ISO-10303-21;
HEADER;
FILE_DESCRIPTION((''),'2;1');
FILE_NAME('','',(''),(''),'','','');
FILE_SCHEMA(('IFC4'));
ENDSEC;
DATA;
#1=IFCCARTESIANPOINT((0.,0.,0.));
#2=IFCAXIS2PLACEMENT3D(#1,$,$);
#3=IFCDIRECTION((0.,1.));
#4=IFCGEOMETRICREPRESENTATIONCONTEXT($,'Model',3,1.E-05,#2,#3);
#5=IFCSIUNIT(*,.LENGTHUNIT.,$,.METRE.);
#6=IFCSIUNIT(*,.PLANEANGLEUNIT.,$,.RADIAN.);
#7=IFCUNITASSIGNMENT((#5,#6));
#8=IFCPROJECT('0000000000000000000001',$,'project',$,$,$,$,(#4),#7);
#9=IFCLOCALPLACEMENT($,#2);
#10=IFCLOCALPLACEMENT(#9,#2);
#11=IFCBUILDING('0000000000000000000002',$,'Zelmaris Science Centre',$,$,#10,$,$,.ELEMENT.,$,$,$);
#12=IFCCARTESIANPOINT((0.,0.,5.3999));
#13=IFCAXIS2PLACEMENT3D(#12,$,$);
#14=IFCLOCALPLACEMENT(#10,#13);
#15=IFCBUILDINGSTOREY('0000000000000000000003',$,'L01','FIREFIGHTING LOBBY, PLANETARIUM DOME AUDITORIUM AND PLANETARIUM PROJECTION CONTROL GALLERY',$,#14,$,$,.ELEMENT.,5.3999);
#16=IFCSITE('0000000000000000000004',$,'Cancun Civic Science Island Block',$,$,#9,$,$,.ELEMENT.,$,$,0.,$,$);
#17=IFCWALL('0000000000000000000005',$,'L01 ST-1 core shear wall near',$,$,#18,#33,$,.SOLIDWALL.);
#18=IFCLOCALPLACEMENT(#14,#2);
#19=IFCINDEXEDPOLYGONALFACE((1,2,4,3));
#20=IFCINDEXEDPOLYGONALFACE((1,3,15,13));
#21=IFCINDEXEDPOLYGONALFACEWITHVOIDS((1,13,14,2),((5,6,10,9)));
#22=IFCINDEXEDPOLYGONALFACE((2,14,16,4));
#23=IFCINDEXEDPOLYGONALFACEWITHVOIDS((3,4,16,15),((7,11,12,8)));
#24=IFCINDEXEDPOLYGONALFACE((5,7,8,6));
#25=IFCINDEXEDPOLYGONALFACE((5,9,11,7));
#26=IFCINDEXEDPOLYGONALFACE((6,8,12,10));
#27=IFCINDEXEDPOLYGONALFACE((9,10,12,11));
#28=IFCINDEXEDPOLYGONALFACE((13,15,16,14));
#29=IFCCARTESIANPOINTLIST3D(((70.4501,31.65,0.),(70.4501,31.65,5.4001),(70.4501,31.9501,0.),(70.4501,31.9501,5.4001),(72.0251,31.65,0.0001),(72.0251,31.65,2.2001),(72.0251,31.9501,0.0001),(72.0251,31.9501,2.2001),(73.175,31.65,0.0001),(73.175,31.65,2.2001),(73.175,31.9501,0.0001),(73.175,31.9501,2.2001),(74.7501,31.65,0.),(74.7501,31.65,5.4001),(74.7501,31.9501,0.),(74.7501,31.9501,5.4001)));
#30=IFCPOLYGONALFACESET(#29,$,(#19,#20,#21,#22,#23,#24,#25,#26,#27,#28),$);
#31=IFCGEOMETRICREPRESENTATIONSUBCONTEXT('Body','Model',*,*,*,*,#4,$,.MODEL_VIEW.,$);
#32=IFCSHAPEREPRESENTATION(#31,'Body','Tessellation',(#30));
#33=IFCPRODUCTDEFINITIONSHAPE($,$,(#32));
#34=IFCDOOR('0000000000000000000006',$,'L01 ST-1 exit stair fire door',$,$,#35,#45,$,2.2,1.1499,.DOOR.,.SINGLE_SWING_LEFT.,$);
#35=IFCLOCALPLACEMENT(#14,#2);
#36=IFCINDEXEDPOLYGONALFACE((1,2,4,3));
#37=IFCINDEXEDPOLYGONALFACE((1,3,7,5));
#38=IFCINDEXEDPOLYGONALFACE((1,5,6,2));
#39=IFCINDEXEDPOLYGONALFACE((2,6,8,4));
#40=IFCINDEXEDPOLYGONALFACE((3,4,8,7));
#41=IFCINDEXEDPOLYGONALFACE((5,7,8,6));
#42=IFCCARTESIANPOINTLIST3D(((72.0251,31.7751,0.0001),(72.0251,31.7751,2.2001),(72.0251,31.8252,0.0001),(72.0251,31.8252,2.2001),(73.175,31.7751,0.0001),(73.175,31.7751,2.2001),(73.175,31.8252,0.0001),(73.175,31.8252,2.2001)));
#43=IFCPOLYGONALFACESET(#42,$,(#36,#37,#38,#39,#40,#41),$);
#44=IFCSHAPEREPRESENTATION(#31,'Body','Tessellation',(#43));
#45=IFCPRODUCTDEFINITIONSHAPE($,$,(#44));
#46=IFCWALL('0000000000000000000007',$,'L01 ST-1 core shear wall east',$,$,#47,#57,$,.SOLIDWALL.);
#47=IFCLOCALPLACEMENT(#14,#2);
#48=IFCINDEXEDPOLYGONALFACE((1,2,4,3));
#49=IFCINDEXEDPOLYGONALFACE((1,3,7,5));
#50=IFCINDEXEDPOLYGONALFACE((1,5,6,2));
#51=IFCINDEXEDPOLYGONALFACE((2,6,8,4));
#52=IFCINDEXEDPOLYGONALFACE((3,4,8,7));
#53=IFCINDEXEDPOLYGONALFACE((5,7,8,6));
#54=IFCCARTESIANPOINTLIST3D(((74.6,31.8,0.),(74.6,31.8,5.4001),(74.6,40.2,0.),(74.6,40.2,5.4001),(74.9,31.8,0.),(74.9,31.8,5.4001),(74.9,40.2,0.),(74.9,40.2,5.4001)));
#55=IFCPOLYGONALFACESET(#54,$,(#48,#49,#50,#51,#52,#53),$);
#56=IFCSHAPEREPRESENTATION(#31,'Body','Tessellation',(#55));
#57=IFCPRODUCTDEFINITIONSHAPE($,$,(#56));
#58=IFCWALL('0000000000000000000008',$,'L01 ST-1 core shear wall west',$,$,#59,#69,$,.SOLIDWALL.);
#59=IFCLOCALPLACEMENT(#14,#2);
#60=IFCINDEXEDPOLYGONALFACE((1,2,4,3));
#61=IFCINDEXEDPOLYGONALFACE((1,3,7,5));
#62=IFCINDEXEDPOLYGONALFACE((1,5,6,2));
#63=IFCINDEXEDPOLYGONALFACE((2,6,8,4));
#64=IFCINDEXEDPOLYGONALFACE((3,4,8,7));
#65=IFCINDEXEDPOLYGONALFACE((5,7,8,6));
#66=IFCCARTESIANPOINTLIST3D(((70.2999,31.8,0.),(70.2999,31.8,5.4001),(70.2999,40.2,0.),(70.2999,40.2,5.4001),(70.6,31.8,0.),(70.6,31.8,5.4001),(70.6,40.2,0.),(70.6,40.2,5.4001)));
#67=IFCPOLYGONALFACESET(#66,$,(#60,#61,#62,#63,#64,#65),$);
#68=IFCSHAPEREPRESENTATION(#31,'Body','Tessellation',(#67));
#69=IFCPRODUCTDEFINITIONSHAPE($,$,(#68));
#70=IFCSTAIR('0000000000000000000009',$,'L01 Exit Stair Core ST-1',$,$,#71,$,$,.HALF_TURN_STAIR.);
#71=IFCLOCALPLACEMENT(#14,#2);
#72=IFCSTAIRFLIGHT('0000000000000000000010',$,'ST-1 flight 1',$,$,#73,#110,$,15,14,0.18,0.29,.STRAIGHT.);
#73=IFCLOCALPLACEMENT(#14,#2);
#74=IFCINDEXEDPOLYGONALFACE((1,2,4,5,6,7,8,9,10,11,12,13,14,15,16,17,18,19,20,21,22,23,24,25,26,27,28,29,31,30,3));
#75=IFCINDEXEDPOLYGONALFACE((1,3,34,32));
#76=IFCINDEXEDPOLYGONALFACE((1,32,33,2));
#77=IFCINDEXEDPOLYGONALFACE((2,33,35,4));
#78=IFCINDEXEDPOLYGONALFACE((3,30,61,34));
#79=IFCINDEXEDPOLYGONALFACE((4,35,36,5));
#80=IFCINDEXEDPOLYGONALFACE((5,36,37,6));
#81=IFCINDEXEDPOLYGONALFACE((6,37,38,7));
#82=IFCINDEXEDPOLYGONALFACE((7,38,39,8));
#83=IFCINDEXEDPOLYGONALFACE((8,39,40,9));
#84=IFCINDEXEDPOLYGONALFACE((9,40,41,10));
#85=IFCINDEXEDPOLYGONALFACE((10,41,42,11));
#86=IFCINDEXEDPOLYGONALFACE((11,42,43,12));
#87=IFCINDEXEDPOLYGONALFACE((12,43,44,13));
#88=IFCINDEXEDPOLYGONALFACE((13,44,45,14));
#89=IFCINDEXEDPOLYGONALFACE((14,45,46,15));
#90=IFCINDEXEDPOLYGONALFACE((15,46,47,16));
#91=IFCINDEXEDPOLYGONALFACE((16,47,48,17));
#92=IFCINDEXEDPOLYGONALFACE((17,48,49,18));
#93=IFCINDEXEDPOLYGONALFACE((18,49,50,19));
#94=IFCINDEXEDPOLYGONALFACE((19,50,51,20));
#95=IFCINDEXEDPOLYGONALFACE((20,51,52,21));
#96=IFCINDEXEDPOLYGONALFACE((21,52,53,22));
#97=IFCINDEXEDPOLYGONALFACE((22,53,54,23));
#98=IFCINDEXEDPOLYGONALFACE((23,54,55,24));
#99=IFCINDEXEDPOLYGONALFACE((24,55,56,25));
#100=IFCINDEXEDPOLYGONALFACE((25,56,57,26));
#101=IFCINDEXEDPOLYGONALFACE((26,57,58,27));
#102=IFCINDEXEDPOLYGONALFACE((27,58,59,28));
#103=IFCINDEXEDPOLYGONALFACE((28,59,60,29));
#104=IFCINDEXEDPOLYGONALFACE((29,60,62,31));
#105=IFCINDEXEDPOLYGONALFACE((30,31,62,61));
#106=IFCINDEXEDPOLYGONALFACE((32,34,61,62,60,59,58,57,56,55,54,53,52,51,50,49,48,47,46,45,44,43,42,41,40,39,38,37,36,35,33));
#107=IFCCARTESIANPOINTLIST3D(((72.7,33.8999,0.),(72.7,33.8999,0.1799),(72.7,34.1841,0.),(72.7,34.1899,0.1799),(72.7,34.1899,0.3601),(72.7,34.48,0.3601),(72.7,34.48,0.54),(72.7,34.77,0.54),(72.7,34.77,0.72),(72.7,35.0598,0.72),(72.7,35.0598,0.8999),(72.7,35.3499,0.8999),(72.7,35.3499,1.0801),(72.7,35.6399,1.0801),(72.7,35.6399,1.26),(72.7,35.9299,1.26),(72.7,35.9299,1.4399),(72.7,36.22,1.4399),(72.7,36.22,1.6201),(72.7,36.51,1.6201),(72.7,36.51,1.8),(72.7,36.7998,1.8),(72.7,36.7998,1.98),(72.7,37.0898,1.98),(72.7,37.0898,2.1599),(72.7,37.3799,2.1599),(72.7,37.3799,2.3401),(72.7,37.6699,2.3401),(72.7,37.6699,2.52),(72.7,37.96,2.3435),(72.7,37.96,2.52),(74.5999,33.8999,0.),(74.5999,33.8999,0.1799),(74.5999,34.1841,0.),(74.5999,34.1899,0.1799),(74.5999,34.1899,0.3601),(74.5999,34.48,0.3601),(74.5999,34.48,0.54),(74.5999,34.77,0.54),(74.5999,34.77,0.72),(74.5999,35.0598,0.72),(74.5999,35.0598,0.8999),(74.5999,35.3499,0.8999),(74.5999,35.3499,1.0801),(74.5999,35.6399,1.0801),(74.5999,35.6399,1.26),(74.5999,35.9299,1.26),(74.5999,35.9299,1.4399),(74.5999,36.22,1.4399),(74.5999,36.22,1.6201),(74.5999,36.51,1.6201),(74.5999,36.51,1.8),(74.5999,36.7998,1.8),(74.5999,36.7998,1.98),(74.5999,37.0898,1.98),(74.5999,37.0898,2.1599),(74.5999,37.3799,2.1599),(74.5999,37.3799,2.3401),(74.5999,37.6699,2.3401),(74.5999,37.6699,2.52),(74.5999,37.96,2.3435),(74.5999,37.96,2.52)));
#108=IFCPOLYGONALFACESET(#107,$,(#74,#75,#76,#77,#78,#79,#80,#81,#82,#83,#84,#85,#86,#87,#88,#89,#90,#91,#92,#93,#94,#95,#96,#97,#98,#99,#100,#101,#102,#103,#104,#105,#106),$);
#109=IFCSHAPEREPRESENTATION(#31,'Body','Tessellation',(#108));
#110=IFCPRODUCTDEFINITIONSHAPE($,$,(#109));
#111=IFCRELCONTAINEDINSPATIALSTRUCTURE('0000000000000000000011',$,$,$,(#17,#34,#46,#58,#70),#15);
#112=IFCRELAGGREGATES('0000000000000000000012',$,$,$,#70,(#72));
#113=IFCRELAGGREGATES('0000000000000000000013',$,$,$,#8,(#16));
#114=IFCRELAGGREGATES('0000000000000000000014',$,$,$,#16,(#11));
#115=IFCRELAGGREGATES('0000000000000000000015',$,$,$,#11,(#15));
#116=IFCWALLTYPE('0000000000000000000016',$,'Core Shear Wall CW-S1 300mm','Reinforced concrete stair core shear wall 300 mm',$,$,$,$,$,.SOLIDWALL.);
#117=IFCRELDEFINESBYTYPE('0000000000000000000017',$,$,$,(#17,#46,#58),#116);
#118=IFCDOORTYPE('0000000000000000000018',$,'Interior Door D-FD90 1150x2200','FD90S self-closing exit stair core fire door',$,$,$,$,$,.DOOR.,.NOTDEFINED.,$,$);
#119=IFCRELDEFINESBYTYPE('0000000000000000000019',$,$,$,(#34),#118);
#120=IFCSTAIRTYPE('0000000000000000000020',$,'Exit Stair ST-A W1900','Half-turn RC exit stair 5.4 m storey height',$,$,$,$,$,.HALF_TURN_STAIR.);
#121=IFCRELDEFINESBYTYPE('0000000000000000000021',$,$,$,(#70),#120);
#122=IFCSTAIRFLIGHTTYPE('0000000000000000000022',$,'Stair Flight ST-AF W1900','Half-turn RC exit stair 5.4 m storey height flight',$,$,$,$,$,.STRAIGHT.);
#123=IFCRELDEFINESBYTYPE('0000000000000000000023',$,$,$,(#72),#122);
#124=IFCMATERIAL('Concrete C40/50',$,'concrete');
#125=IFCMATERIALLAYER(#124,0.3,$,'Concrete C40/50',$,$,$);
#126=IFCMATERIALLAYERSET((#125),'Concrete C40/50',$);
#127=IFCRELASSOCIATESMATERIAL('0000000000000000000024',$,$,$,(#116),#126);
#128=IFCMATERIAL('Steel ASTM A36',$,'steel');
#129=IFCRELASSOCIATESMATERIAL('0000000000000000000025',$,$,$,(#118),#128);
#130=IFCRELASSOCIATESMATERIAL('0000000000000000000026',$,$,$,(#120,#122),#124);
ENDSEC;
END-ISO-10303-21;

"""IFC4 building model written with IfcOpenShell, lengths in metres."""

from ifc_helpers import new_model, si_unit, direction, frame, frame_2d, origin, place, context, subcontext, project, spatial, polyline, rectangle, outline, extrude, material, layer, layer_set, type_object, element, fill, aggregate, save


model = new_model("IFC4")

# Units and contexts
model_context = context("Model", 3, precision=1e-05, world=origin(), true_north=direction((0.0, 1.0)))
body_context = subcontext(model_context, "Body", "Model", "MODEL_VIEW")
ifc_project = project(units=[si_unit("LENGTHUNIT", "METRE"), si_unit("PLANEANGLEUNIT", "RADIAN")], contexts=[model_context])

# Site, building, storey
site_placement = place(None, origin())
site = spatial("IfcSite", under=ifc_project, at=site_placement, Name="Cancun Civic Science Island Block", CompositionType="ELEMENT", RefElevation=0.0)
building_placement = place(site_placement, origin())
building = spatial("IfcBuilding", under=site, at=building_placement, Name="Zelmaris Science Centre", CompositionType="ELEMENT")
storey_placement = place(building_placement, frame((0.0, 0.0, 5.3999)))
storey = spatial("IfcBuildingStorey", under=building, at=storey_placement, Name="L01", Description="FIREFIGHTING LOBBY, PLANETARIUM DOME AUDITORIUM AND PLANETARIUM PROJECTION CONTROL GALLERY", CompositionType="ELEMENT", Elevation=5.3999)

# Wall, opening, door
ifc_material_1 = material(Name="Concrete C40/50", Category="concrete")
ifc_layer_1 = layer(ifc_material_1, 0.3, Name="Concrete C40/50")
ifc_layer_set_1 = layer_set([ifc_layer_1], Name="Concrete C40/50")
wall_type = type_object("IfcWallType", Name="Core Shear Wall CW-S1 300mm", Description="Reinforced concrete stair core shear wall 300 mm", PredefinedType="SOLIDWALL", material=ifc_layer_set_1)
wall_placement = place(storey_placement, frame((74.75, 31.8, 0.0), z_axis=(0.0, 0.0, 1.0), x_axis=(-1.0, 0.0, 0.0)))
wall = element("IfcWall", 1, at=wall_placement, inside=storey, type_object=wall_type, Name="L01 ST-1 core shear wall near", PredefinedType="SOLIDWALL", context=body_context, shape_type="SweptSolid", body=[
    extrude(rectangle(XDim=4.3, YDim=0.3, at=frame_2d((2.1499, 0.0))), origin(), (0.0, 0.0, 1.0), 5.4001),
])
opening_placement = place(wall_placement, frame((1.575, 0.0, 0.0)))
opening = element("IfcOpeningElement", 2, at=opening_placement, cuts=wall, PredefinedType="OPENING", context=body_context, shape_type="SweptSolid", body=[
    extrude(rectangle(XDim=1.1499, YDim=2.2, at=frame_2d((0.575, 1.1001))), frame((0.0, 0.1599, 0.0), z_axis=(0.0, -1.0, 0.0), x_axis=(1.0, 0.0, 0.0)), (0.0, 0.0, 1.0), 0.3201),
])
ifc_material_2 = material(Name="Steel ASTM A36", Category="steel")
door_type = type_object("IfcDoorType", Name="Interior Door D-FD90 1150x2200", Description="FD90S self-closing exit stair core fire door", OperationType="NOTDEFINED", PredefinedType="DOOR", material=ifc_material_2)
door_placement = place(opening_placement, origin())
door = element("IfcDoor", 3, at=door_placement, inside=storey, type_object=door_type, Name="L01 ST-1 exit stair fire door", OperationType="SINGLE_SWING_LEFT", OverallHeight=2.2, OverallWidth=1.1499, PredefinedType="DOOR", context=body_context, shape_type="SweptSolid", body=[
    extrude(rectangle(XDim=1.1499, YDim=2.2, at=frame_2d((0.575, 1.1001))), frame((0.0, 0.0249, 0.0), z_axis=(0.0, -1.0, 0.0), x_axis=(1.0, 0.0, 0.0)), (0.0, 0.0, 1.0), 0.05),
])
fill(opening, door)

# Walls
for number, where, z_axis, x_axis, name in (
    (4, (74.75, 31.8, 0.0), (0.0, 0.0, 1.0), (0.0, 1.0, 0.0), "L01 ST-1 core shear wall east"),
    (5, (70.45, 31.8, 0.0), (0.0, 0.0, 1.0), (0.0, 1.0, 0.0), "L01 ST-1 core shear wall west"),
):
    element("IfcWall", number, at=place(storey_placement, frame(where, z_axis=z_axis, x_axis=x_axis)), inside=storey, type_object=wall_type, Name=name, PredefinedType="SOLIDWALL", context=body_context, shape_type="SweptSolid", body=[
        extrude(rectangle(XDim=8.3999, YDim=0.3, at=frame_2d((4.2, 0.0))), origin(), (0.0, 0.0, 1.0), 5.4001),
    ])

# Stair, stair flight
stair_type = type_object("IfcStairType", Name="Exit Stair ST-A W1900", Description="Half-turn RC exit stair 5.4 m storey height", PredefinedType="HALF_TURN_STAIR", material=ifc_material_1)
stair_placement = place(storey_placement, origin())
stair = element("IfcStair", 6, at=stair_placement, inside=storey, type_object=stair_type, Name="L01 Exit Stair Core ST-1", PredefinedType="HALF_TURN_STAIR")
stair_flight_type = type_object("IfcStairFlightType", Name="Stair Flight ST-AF W1900", Description="Half-turn RC exit stair 5.4 m storey height flight", PredefinedType="STRAIGHT", material=ifc_material_1)
stair_flight_placement = place(storey_placement, frame((73.6499, 33.8999, 0.0), z_axis=(0.0, 0.0, 1.0), x_axis=(0.0, 1.0, 0.0)))
stair_flight = element("IfcStairFlight", 7, at=stair_flight_placement, type_object=stair_flight_type, Name="ST-1 flight 1", NumberOfRisers=15, NumberOfTreads=14, PredefinedType="STRAIGHT", RiserHeight=0.18, TreadLength=0.29, context=body_context, shape_type="SweptSolid", body=[
    extrude(outline(polyline([(0.0, 0.0), (0.0, 0.1799), (0.29, 0.1799), (0.29, 0.3601), (0.5801, 0.3601), (0.5801, 0.54), (0.8701, 0.54), (0.8701, 0.72), (1.1599, 0.72), (1.1599, 0.8999), (1.45, 0.8999), (1.45, 1.0801), (1.74, 1.0801), (1.74, 1.26), (2.03, 1.26), (2.03, 1.4399), (2.3201, 1.4399), (2.3201, 1.6201), (2.6101, 1.6201), (2.6101, 1.8), (2.8999, 1.8), (2.8999, 1.98), (3.1899, 1.98), (3.1899, 2.1599), (3.48, 2.1599), (3.48, 2.3401), (3.77, 2.3401), (3.77, 2.52), (4.0601, 2.52), (4.0601, 2.7), (4.0601, 2.3435), (0.2842, 0.0), (0.0, 0.0)])), frame((0.0, 0.95, 0.0), z_axis=(0.0, -1.0, 0.0), x_axis=(1.0, 0.0, 0.0)), (0.0, 0.0, 1.0), 1.8999),
])
aggregate(stair, [stair_flight])

save(model, "model.ifc")
